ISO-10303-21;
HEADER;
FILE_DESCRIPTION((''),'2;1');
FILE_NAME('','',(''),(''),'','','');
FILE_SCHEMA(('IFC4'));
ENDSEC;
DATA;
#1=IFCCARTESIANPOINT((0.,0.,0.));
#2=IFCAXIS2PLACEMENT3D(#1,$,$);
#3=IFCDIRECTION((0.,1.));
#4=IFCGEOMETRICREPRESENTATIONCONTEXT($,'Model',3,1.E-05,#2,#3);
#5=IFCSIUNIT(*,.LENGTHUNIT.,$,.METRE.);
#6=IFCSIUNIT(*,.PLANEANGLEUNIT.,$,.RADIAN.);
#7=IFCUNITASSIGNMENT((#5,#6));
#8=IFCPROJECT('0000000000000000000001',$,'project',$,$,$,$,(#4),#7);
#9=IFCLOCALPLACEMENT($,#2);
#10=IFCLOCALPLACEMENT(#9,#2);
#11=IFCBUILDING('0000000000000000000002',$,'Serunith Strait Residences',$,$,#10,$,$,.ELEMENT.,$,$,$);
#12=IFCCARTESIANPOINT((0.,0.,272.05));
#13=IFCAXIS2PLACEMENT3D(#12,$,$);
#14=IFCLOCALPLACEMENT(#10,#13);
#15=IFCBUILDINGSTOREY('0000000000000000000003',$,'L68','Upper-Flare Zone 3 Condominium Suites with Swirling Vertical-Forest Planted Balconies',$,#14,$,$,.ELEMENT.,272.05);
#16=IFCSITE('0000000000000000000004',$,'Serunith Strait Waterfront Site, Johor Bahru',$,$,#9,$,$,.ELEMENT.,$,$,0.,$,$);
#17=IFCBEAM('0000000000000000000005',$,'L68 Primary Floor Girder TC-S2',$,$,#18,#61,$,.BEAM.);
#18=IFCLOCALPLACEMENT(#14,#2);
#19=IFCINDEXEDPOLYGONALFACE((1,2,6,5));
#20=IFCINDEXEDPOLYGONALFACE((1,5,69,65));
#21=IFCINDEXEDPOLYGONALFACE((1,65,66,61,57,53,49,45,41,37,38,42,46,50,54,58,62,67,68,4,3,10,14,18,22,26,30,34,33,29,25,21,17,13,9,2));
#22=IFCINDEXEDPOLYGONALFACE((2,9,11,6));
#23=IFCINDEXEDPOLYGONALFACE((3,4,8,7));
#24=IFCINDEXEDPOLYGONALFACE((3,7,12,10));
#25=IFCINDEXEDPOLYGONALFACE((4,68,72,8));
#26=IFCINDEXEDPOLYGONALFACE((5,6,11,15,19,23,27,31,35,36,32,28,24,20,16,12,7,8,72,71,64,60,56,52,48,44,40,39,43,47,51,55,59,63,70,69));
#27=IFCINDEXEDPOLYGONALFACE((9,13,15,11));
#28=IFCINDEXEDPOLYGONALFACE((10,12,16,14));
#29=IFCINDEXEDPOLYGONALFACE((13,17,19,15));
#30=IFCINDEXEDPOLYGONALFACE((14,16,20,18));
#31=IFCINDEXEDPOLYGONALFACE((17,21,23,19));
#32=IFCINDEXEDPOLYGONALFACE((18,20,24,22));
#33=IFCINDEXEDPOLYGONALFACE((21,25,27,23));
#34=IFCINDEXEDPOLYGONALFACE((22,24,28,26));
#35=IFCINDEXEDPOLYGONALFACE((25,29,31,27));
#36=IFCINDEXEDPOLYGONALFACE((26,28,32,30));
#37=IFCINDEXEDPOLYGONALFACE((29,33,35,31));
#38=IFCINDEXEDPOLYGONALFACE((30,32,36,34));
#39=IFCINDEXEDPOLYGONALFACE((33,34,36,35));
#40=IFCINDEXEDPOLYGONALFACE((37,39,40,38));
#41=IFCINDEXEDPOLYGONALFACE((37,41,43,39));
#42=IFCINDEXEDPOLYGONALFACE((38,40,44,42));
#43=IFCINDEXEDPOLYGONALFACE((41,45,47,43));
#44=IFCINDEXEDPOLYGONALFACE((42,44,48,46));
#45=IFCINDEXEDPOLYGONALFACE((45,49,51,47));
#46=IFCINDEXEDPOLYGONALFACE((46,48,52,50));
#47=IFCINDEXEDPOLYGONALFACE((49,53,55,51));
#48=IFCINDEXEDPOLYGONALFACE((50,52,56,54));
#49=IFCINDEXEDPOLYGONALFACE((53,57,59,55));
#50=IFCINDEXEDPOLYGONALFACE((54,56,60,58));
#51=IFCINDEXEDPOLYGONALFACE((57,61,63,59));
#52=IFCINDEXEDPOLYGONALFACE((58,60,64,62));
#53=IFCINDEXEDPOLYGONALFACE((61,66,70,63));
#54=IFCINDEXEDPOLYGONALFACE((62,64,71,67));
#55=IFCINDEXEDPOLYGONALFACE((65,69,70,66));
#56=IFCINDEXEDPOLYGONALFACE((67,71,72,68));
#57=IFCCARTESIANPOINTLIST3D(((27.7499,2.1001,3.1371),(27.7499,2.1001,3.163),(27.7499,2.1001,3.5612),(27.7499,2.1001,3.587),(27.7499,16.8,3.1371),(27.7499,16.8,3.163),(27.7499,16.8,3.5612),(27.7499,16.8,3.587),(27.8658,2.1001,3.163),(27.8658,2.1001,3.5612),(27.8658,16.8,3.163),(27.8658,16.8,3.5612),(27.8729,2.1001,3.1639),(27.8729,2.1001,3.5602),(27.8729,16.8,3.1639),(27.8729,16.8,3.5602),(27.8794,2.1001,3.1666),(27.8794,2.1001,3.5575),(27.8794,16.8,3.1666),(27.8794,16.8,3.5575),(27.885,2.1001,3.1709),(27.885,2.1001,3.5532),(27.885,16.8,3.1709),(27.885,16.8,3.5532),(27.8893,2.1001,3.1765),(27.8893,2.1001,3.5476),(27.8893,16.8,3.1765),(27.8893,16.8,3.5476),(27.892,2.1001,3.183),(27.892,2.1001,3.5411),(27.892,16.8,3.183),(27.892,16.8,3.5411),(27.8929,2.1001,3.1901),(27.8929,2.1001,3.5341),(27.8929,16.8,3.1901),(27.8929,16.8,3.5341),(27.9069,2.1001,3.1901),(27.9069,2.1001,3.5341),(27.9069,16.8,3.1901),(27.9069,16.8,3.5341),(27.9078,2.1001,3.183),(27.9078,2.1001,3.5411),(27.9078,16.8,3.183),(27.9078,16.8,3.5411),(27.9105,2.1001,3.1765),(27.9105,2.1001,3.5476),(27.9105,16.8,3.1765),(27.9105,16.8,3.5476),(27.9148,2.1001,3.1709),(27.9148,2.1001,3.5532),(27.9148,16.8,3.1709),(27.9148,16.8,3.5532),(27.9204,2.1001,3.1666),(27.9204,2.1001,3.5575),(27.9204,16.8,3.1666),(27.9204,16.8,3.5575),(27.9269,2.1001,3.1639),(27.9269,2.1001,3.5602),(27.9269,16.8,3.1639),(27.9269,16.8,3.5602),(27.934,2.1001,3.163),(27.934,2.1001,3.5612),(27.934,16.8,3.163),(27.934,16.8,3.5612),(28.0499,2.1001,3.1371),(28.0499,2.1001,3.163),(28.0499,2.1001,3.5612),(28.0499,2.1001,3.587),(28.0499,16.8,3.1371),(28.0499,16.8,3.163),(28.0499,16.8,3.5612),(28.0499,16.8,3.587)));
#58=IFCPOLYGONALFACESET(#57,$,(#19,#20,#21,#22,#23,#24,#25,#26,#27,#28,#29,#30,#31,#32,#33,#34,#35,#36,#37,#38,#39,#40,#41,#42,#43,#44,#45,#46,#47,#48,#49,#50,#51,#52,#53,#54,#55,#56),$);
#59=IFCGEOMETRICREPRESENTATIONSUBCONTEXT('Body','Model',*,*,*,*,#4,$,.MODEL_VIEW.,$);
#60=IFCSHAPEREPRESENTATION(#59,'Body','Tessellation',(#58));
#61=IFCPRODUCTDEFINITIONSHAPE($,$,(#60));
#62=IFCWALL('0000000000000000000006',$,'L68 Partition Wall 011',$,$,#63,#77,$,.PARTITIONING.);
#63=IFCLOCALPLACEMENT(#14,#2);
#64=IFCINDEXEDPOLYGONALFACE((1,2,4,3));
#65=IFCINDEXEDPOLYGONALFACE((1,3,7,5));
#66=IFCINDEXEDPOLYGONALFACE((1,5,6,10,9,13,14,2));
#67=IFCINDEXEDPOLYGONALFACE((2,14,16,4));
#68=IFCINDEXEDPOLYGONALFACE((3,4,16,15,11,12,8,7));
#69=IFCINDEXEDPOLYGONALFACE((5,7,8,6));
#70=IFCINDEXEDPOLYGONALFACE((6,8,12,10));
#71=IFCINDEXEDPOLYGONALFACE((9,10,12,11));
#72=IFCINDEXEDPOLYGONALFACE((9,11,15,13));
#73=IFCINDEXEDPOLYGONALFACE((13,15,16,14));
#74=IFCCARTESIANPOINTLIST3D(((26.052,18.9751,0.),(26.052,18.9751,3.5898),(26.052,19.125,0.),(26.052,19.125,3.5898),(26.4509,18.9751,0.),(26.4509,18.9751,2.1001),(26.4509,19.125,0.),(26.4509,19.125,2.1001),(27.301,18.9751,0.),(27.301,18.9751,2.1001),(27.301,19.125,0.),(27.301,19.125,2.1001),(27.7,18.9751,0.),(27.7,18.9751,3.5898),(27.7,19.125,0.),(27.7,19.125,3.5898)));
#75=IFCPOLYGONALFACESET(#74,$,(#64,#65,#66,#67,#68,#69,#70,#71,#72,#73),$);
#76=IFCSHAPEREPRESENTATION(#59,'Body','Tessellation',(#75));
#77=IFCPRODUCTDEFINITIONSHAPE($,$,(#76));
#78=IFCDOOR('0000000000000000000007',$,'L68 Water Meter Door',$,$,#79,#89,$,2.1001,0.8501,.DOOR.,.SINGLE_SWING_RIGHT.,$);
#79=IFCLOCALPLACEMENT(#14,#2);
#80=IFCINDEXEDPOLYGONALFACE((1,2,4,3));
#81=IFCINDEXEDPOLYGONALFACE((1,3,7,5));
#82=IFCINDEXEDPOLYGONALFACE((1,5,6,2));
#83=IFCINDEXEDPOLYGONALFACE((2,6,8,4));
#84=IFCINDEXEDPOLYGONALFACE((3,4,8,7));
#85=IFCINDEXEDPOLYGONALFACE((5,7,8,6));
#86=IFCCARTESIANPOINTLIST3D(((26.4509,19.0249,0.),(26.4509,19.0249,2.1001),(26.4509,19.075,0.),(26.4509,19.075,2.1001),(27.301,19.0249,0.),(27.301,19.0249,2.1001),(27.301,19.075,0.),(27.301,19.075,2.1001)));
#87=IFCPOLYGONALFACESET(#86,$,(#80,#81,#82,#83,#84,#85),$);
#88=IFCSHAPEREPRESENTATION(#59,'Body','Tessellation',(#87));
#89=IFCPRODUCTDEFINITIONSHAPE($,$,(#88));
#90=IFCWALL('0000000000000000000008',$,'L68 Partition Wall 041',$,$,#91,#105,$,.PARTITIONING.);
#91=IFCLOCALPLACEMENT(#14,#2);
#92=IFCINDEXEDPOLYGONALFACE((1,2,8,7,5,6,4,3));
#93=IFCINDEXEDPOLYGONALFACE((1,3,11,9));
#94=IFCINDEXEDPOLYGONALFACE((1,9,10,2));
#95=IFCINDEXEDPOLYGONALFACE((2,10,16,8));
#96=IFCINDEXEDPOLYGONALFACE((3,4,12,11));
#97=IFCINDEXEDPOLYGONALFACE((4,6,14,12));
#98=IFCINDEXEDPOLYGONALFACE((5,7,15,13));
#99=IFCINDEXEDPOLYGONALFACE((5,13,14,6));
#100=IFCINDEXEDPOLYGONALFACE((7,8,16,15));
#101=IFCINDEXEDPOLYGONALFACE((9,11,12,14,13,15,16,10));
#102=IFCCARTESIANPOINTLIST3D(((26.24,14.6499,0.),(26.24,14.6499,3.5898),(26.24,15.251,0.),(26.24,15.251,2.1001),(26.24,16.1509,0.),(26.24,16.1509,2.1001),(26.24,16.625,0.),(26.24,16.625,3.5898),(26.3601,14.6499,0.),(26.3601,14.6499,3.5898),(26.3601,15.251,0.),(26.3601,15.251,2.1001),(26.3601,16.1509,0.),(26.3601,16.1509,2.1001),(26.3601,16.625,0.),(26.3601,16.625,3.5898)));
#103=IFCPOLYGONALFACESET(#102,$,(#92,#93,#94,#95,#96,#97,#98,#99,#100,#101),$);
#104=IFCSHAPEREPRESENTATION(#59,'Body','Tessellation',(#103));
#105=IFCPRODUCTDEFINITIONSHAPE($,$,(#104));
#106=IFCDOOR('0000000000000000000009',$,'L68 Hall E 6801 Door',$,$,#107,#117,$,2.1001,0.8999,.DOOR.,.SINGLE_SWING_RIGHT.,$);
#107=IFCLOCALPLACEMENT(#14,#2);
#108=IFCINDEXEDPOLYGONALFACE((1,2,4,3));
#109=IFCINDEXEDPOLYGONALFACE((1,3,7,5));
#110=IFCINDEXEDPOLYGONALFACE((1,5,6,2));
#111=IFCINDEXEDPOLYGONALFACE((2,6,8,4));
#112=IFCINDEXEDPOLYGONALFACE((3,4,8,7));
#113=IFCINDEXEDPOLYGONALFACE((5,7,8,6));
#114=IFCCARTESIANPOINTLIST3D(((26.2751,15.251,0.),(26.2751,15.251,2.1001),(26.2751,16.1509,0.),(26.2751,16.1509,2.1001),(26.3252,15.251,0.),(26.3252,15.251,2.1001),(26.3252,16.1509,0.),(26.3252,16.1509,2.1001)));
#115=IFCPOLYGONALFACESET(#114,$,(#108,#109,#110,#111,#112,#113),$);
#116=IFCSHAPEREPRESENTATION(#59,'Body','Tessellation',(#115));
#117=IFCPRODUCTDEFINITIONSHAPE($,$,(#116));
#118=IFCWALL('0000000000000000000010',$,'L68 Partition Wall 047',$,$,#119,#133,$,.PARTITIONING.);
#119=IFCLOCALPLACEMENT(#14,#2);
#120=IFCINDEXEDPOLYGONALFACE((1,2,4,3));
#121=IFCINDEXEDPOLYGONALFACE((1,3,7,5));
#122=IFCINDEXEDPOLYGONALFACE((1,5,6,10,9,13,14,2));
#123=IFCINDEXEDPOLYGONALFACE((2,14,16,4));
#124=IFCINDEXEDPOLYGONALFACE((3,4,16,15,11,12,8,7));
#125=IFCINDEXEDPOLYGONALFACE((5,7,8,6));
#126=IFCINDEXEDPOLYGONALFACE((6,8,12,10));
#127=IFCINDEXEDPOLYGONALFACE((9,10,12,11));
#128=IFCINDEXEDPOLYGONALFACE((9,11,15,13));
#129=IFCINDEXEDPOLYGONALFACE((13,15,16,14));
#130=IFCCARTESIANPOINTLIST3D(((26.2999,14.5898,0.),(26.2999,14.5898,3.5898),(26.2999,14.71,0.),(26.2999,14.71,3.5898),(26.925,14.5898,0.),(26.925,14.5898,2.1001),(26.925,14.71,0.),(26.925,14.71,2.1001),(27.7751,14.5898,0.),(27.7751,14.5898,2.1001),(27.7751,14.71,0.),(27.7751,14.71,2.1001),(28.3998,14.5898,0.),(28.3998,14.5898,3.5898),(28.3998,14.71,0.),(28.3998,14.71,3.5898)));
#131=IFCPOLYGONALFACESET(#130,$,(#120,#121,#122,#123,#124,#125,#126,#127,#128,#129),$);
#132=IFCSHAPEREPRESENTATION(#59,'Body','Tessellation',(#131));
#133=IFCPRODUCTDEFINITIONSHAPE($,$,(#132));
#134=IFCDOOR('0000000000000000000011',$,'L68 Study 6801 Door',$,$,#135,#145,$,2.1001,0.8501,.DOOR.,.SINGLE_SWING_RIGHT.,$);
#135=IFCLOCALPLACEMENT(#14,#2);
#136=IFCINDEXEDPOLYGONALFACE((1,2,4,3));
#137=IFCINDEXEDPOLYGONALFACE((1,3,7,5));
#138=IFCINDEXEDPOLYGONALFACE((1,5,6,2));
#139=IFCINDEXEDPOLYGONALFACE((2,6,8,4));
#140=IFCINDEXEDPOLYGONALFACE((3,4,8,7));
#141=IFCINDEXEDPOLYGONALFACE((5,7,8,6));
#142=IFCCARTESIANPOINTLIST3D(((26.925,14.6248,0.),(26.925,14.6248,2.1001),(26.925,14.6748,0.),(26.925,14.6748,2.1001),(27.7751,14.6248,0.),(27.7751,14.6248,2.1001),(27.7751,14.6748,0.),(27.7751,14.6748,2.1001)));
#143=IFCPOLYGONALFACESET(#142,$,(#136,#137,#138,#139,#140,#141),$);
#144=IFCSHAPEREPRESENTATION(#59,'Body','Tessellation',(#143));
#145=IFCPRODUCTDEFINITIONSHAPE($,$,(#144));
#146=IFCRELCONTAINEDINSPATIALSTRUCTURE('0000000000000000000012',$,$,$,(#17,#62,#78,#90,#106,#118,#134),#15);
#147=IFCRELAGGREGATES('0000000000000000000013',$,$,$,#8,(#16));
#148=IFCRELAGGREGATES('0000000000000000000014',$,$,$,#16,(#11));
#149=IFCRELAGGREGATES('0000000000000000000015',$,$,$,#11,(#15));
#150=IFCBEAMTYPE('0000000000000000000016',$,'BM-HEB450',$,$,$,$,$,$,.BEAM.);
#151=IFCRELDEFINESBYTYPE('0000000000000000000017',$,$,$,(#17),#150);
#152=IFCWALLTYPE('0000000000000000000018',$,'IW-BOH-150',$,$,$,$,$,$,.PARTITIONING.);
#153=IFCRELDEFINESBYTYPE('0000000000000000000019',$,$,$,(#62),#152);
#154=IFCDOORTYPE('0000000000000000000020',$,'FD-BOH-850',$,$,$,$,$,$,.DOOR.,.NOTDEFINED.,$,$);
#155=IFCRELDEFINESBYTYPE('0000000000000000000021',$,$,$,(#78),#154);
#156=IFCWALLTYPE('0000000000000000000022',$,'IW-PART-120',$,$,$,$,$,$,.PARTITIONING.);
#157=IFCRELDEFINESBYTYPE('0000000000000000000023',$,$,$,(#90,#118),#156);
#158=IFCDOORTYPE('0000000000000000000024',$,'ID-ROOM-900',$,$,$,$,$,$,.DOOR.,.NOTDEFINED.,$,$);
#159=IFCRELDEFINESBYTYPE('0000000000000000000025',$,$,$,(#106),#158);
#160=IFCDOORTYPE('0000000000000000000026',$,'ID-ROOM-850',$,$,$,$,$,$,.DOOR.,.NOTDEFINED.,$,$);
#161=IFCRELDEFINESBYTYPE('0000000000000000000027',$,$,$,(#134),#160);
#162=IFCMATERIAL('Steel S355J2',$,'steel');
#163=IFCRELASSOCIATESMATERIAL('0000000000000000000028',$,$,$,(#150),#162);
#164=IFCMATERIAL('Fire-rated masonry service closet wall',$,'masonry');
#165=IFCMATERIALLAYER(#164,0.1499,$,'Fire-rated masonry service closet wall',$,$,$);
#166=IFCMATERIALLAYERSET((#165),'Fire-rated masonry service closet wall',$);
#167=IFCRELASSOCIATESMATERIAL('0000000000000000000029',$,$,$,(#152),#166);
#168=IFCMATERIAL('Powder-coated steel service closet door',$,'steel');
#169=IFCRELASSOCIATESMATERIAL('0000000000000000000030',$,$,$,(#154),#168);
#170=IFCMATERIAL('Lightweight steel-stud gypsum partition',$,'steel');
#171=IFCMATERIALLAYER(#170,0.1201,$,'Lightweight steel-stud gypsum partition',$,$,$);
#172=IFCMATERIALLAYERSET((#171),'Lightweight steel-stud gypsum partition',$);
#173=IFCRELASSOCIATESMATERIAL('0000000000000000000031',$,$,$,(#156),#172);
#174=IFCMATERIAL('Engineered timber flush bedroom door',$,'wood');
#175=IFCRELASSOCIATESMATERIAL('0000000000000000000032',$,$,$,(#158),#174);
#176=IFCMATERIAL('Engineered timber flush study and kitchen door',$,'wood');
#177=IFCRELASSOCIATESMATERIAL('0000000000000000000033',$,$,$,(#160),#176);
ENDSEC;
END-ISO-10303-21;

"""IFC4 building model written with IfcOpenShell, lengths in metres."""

from ifc_helpers import new_model, si_unit, direction, frame, frame_2d, origin, origin_2d, place, context, subcontext, project, spatial, rectangle, i_section, extrude, source, transform, mapped, material, layer, layer_set, material_profile, profile_set, type_object, element, fill, save


model = new_model("IFC4")

# Units and contexts
model_context = context("Model", 3, precision=1e-05, world=origin(), true_north=direction((0.0, 1.0)))
body_context = subcontext(model_context, "Body", "Model", "MODEL_VIEW")
ifc_project = project(units=[si_unit("LENGTHUNIT", "METRE"), si_unit("PLANEANGLEUNIT", "RADIAN")], contexts=[model_context])

# Site, building, storey
site_placement = place(None, origin())
site = spatial("IfcSite", under=ifc_project, at=site_placement, Name="Serunith Strait Waterfront Site, Johor Bahru", CompositionType="ELEMENT", RefElevation=0.0)
building_placement = place(site_placement, origin())
building = spatial("IfcBuilding", under=site, at=building_placement, Name="Serunith Strait Residences", CompositionType="ELEMENT")
storey_placement = place(building_placement, frame((0.0, 0.0, 272.05)))
storey = spatial("IfcBuildingStorey", under=building, at=storey_placement, Name="L68", Description="Upper-Flare Zone 3 Condominium Suites with Swirling Vertical-Forest Planted Balconies", CompositionType="ELEMENT", Elevation=272.05)

# Beam
ifc_material_1 = material(Name="Steel S355J2", Category="steel")
ifc_material_profile = material_profile(ifc_material_1, i_section(OverallWidth=0.3, OverallDepth=0.45, WebThickness=0.0139, FlangeThickness=0.0259, FilletRadius=0.0271, at=origin_2d()), Name="HEB 450")
ifc_profile_set = profile_set([ifc_material_profile], Name="Steel S355J2")
beam_type = type_object("IfcBeamType", Name="BM-HEB450", PredefinedType="BEAM", material=ifc_profile_set)
shared_shape_1 = source(origin(), body_context, "Body", "SweptSolid", [
    extrude(i_section(OverallWidth=0.3, OverallDepth=0.45, WebThickness=0.0139, FlangeThickness=0.0259, FilletRadius=0.0271, at=origin_2d()), origin(), (0.0, 0.0, 1.0), 14.7),
])
beam_placement = place(storey_placement, frame((27.8999, 16.8, 3.3621), z_axis=(0.0, -1.0, 0.0), x_axis=(1.0, 0.0, 0.0)))
element("IfcBeam", 1, at=beam_placement, inside=storey, type_object=beam_type, Name="L68 Primary Floor Girder TC-S2", PredefinedType="BEAM", context=body_context, shape_type="MappedRepresentation", body=[
    mapped(shared_shape_1, transform((0.0, 0.0, 0.0), scale=1.0)),
])

# Walls, openings, doors
ifc_material_2 = material(Name="Fire-rated masonry service closet wall", Category="masonry")
ifc_layer_1 = layer(ifc_material_2, 0.1499, Name="Fire-rated masonry service closet wall")
ifc_layer_set_1 = layer_set([ifc_layer_1], Name="Fire-rated masonry service closet wall")
wall_type_1 = type_object("IfcWallType", Name="IW-BOH-150", PredefinedType="PARTITIONING", material=ifc_layer_set_1)
wall_1_placement = place(storey_placement, frame((26.052, 19.05, 0.0), z_axis=(0.0, 0.0, 1.0), x_axis=(1.0, 0.0, 0.0)))
wall_1 = element("IfcWall", 2, at=wall_1_placement, inside=storey, type_object=wall_type_1, Name="L68 Partition Wall 011", PredefinedType="PARTITIONING", context=body_context, shape_type="SweptSolid", body=[
    extrude(rectangle(XDim=1.6479, YDim=0.1499, at=frame_2d((0.824, 0.0))), origin(), (0.0, 0.0, 1.0), 3.5898),
])
opening_1_placement = place(wall_1_placement, frame((0.3989, 0.0, 0.0)))
opening_1 = element("IfcOpeningElement", 3, at=opening_1_placement, cuts=wall_1, PredefinedType="OPENING", context=body_context, shape_type="SweptSolid", body=[
    extrude(rectangle(XDim=0.8501, YDim=2.1001, at=frame_2d((0.425, 1.05))), frame((0.0, 0.085, 0.0), z_axis=(0.0, -1.0, 0.0), x_axis=(1.0, 0.0, 0.0)), (0.0, 0.0, 1.0), 0.1699),
])
ifc_material_3 = material(Name="Powder-coated steel service closet door", Category="steel")
door_type_1 = type_object("IfcDoorType", Name="FD-BOH-850", OperationType="NOTDEFINED", PredefinedType="DOOR", material=ifc_material_3)
shared_shape_2 = source(origin(), body_context, "Body", "SweptSolid", [
    extrude(rectangle(XDim=0.8501, YDim=2.1001, at=frame_2d((0.425, 1.05))), frame((0.0, 0.0249, 0.0), z_axis=(0.0, -1.0, 0.0), x_axis=(1.0, 0.0, 0.0)), (0.0, 0.0, 1.0), 0.05),
])
door_1_placement = place(opening_1_placement, origin())
door_1 = element("IfcDoor", 4, at=door_1_placement, inside=storey, type_object=door_type_1, Name="L68 Water Meter Door", OperationType="SINGLE_SWING_RIGHT", OverallHeight=2.1001, OverallWidth=0.8501, PredefinedType="DOOR", context=body_context, shape_type="MappedRepresentation", body=[
    mapped(shared_shape_2, transform((0.0, 0.0, 0.0), scale=1.0)),
])
fill(opening_1, door_1)
ifc_material_4 = material(Name="Lightweight steel-stud gypsum partition", Category="steel")
ifc_layer_2 = layer(ifc_material_4, 0.1201, Name="Lightweight steel-stud gypsum partition")
ifc_layer_set_2 = layer_set([ifc_layer_2], Name="Lightweight steel-stud gypsum partition")
wall_type_2 = type_object("IfcWallType", Name="IW-PART-120", PredefinedType="PARTITIONING", material=ifc_layer_set_2)
wall_2_placement = place(storey_placement, frame((26.3, 14.6499, 0.0), z_axis=(0.0, 0.0, 1.0), x_axis=(0.0, 1.0, 0.0)))
wall_2 = element("IfcWall", 5, at=wall_2_placement, inside=storey, type_object=wall_type_2, Name="L68 Partition Wall 041", PredefinedType="PARTITIONING", context=body_context, shape_type="SweptSolid", body=[
    extrude(rectangle(XDim=1.9751, YDim=0.1201, at=frame_2d((0.9875, 0.0))), origin(), (0.0, 0.0, 1.0), 3.5898),
])
opening_2_placement = place(wall_2_placement, frame((0.6011, 0.0, 0.0)))
opening_2 = element("IfcOpeningElement", 6, at=opening_2_placement, cuts=wall_2, PredefinedType="OPENING", context=body_context, shape_type="SweptSolid", body=[
    extrude(rectangle(XDim=0.8999, YDim=2.1001, at=frame_2d((0.45, 1.05))), frame((0.0, 0.0701, 0.0), z_axis=(0.0, -1.0, 0.0), x_axis=(1.0, 0.0, 0.0)), (0.0, 0.0, 1.0), 0.1401),
])
ifc_material_5 = material(Name="Engineered timber flush bedroom door", Category="wood")
door_type_2 = type_object("IfcDoorType", Name="ID-ROOM-900", OperationType="NOTDEFINED", PredefinedType="DOOR", material=ifc_material_5)
shared_shape_3 = source(origin(), body_context, "Body", "SweptSolid", [
    extrude(rectangle(XDim=0.8999, YDim=2.1001, at=frame_2d((0.45, 1.05))), frame((0.0, 0.0249, 0.0), z_axis=(0.0, -1.0, 0.0), x_axis=(1.0, 0.0, 0.0)), (0.0, 0.0, 1.0), 0.05),
])
door_2_placement = place(opening_2_placement, origin())
door_2 = element("IfcDoor", 7, at=door_2_placement, inside=storey, type_object=door_type_2, Name="L68 Hall E 6801 Door", OperationType="SINGLE_SWING_RIGHT", OverallHeight=2.1001, OverallWidth=0.8999, PredefinedType="DOOR", context=body_context, shape_type="MappedRepresentation", body=[
    mapped(shared_shape_3, transform((0.0, 0.0, 0.0), scale=1.0)),
])
fill(opening_2, door_2)
wall_3_placement = place(storey_placement, frame((26.3, 14.6499, 0.0), z_axis=(0.0, 0.0, 1.0), x_axis=(1.0, 0.0, 0.0)))
wall_3 = element("IfcWall", 8, at=wall_3_placement, inside=storey, type_object=wall_type_2, Name="L68 Partition Wall 047", PredefinedType="PARTITIONING", context=body_context, shape_type="SweptSolid", body=[
    extrude(rectangle(XDim=2.0999, YDim=0.1201, at=frame_2d((1.0498, 0.0))), origin(), (0.0, 0.0, 1.0), 3.5898),
])
opening_3_placement = place(wall_3_placement, frame((0.625, 0.0, 0.0)))
opening_3 = element("IfcOpeningElement", 9, at=opening_3_placement, cuts=wall_3, PredefinedType="OPENING", context=body_context, shape_type="SweptSolid", body=[
    extrude(rectangle(XDim=0.8501, YDim=2.1001, at=frame_2d((0.425, 1.05))), frame((0.0, 0.0701, 0.0), z_axis=(0.0, -1.0, 0.0), x_axis=(1.0, 0.0, 0.0)), (0.0, 0.0, 1.0), 0.1401),
])
ifc_material_6 = material(Name="Engineered timber flush study and kitchen door", Category="wood")
door_type_3 = type_object("IfcDoorType", Name="ID-ROOM-850", OperationType="NOTDEFINED", PredefinedType="DOOR", material=ifc_material_6)
door_3_placement = place(opening_3_placement, origin())
door_3 = element("IfcDoor", 10, at=door_3_placement, inside=storey, type_object=door_type_3, Name="L68 Study 6801 Door", OperationType="SINGLE_SWING_RIGHT", OverallHeight=2.1001, OverallWidth=0.8501, PredefinedType="DOOR", context=body_context, shape_type="MappedRepresentation", body=[
    mapped(shared_shape_2, transform((0.0, 0.0, 0.0), scale=1.0)),
])
fill(opening_3, door_3)

save(model, "model.ifc")
